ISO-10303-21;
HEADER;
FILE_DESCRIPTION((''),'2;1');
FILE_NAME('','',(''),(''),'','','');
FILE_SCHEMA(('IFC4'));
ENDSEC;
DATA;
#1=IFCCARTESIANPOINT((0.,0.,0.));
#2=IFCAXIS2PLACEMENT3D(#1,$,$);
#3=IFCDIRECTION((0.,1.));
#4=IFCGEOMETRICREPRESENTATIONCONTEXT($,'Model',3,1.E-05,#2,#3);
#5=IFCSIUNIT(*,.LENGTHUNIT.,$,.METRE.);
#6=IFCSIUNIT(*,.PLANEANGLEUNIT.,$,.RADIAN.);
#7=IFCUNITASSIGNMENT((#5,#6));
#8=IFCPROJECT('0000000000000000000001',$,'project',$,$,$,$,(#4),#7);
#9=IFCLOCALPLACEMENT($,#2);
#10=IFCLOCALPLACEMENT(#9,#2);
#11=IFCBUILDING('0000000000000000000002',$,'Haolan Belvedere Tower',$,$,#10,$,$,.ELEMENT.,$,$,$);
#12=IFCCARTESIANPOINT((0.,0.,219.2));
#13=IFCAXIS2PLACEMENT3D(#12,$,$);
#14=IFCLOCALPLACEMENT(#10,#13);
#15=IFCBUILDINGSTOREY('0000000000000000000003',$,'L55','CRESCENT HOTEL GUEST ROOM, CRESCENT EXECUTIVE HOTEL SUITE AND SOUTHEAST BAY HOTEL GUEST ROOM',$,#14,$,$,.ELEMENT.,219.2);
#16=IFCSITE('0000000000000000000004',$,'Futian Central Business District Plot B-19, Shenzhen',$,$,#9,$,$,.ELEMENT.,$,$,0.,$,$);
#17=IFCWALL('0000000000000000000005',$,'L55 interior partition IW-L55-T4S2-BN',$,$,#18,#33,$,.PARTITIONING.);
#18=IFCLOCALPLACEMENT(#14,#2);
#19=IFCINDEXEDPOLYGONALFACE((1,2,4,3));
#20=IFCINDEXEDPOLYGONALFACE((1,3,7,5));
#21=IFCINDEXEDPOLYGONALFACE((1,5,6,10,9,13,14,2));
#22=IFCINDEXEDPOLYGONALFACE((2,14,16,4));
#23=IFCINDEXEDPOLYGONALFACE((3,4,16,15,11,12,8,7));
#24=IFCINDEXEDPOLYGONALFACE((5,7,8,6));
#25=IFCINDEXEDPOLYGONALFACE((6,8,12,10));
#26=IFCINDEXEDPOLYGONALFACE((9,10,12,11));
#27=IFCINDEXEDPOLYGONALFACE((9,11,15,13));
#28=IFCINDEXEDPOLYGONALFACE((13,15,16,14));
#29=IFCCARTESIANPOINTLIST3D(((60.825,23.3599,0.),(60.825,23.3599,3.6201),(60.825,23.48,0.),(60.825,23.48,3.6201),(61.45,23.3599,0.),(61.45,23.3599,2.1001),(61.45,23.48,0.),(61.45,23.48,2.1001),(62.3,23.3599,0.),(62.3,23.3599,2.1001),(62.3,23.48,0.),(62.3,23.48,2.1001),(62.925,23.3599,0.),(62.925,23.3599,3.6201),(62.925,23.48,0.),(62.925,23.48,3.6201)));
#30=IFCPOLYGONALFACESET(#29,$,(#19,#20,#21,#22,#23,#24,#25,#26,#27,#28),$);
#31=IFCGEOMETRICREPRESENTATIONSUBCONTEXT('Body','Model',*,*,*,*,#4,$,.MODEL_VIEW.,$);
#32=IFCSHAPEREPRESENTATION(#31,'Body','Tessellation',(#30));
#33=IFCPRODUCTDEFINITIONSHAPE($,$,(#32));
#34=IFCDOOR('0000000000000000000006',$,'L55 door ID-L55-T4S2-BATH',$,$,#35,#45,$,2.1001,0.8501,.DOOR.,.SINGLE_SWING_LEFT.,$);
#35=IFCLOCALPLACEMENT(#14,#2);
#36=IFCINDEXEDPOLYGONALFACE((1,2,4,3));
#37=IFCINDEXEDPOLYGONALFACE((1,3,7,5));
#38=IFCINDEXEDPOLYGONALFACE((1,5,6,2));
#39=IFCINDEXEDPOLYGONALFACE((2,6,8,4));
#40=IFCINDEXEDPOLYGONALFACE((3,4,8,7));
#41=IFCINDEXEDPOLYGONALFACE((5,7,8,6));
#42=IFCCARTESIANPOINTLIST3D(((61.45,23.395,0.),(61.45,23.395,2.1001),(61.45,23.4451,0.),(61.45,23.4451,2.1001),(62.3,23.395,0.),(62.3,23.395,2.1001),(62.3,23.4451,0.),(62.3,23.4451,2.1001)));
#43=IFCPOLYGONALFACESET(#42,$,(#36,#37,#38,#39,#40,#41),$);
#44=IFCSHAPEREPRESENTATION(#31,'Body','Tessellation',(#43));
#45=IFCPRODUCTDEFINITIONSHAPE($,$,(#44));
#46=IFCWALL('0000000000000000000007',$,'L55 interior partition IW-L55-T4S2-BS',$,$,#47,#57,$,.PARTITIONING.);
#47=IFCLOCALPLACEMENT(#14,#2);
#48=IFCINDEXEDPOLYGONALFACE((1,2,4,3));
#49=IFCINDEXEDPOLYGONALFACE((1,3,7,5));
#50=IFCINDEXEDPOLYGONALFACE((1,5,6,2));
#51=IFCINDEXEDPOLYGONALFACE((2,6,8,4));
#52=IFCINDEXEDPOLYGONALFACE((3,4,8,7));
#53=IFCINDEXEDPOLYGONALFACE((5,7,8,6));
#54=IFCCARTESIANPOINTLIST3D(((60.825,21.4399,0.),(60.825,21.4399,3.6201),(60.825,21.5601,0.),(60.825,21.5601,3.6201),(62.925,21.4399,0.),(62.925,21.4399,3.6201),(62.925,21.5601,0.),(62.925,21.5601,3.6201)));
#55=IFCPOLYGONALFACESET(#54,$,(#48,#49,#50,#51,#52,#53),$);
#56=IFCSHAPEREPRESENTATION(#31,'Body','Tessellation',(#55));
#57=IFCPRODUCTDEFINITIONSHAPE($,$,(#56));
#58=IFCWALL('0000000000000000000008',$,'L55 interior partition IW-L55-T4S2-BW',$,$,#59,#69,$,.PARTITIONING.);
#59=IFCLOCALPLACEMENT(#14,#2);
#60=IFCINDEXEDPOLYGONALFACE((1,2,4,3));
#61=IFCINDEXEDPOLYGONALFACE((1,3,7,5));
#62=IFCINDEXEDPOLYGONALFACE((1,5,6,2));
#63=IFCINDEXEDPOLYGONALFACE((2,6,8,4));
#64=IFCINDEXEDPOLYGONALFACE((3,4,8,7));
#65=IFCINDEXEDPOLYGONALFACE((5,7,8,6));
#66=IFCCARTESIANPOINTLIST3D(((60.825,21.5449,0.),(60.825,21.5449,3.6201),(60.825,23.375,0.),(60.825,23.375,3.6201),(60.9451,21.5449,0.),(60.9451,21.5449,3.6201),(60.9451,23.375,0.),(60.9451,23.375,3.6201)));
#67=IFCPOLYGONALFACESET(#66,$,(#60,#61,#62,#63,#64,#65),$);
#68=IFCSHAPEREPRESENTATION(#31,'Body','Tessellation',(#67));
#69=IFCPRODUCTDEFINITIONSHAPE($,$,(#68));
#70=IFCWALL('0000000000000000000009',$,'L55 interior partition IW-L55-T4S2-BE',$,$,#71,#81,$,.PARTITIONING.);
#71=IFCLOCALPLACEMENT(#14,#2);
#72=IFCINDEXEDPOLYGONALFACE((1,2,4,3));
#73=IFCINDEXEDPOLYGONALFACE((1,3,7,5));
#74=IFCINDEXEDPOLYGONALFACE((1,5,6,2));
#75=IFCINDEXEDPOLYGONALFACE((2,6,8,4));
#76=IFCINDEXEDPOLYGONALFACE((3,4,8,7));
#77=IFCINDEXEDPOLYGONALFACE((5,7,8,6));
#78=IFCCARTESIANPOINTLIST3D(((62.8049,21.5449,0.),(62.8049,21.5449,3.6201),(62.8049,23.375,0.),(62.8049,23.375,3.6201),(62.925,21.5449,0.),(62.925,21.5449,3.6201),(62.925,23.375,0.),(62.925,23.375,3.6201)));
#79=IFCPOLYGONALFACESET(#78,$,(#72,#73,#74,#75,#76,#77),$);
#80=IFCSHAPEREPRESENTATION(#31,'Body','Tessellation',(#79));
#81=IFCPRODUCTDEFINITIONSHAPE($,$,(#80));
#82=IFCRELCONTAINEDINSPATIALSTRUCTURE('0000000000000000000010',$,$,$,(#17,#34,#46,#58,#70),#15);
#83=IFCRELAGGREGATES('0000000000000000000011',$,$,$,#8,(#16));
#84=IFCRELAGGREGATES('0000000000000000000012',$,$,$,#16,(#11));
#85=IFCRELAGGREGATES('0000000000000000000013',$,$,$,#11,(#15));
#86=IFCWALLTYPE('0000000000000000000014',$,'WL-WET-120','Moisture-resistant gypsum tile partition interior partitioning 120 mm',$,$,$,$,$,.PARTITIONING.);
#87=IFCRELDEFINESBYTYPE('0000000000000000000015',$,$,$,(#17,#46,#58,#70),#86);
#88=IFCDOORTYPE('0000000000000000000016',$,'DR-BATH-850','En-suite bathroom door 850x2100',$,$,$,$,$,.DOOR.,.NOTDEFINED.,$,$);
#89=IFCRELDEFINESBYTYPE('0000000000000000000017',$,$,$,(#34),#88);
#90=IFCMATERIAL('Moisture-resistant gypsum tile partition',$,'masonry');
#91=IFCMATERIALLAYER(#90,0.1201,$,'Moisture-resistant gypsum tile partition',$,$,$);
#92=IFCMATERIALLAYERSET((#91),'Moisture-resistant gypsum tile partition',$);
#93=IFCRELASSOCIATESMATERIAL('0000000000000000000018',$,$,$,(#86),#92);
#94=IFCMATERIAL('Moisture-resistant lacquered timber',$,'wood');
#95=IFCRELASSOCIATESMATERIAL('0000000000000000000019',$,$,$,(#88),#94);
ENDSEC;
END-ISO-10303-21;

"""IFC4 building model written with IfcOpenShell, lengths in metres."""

from ifc_helpers import new_model, si_unit, direction, frame, frame_2d, origin, place, context, subcontext, project, spatial, rectangle, extrude, material, layer, layer_set, type_object, element, fill, save


model = new_model("IFC4")

# Units and contexts
model_context = context("Model", 3, precision=1e-05, world=origin(), true_north=direction((0.0, 1.0)))
body_context = subcontext(model_context, "Body", "Model", "MODEL_VIEW")
ifc_project = project(units=[si_unit("LENGTHUNIT", "METRE"), si_unit("PLANEANGLEUNIT", "RADIAN")], contexts=[model_context])

# Site, building, storey
site_placement = place(None, origin())
site = spatial("IfcSite", under=ifc_project, at=site_placement, Name="Futian Central Business District Plot B-19, Shenzhen", CompositionType="ELEMENT", RefElevation=0.0)
building_placement = place(site_placement, origin())
building = spatial("IfcBuilding", under=site, at=building_placement, Name="Haolan Belvedere Tower", CompositionType="ELEMENT")
storey_placement = place(building_placement, frame((0.0, 0.0, 219.2)))
storey = spatial("IfcBuildingStorey", under=building, at=storey_placement, Name="L55", Description="CRESCENT HOTEL GUEST ROOM, CRESCENT EXECUTIVE HOTEL SUITE AND SOUTHEAST BAY HOTEL GUEST ROOM", CompositionType="ELEMENT", Elevation=219.2)

# Shared definitions
ifc_material_1 = material(Name="Moisture-resistant gypsum tile partition", Category="masonry")
ifc_layer_1 = layer(ifc_material_1, 0.1201, Name="Moisture-resistant gypsum tile partition")
ifc_layer_set_1 = layer_set([ifc_layer_1], Name="Moisture-resistant gypsum tile partition")
wall_type_1 = type_object("IfcWallType", Name="WL-WET-120", Description="Moisture-resistant gypsum tile partition interior partitioning 120 mm", PredefinedType="PARTITIONING", material=ifc_layer_set_1)

# Shared definitions
ifc_material_2 = material(Name="Moisture-resistant lacquered timber", Category="wood")
door_type = type_object("IfcDoorType", Name="DR-BATH-850", Description="En-suite bathroom door 850x2100", OperationType="NOTDEFINED", PredefinedType="DOOR", material=ifc_material_2)

# Wall, opening, door
wall_1_placement = place(storey_placement, frame((60.825, 23.4199, 0.0), z_axis=(0.0, 0.0, 1.0), x_axis=(1.0, 0.0, 0.0)))
wall_1 = element("IfcWall", 1, at=wall_1_placement, inside=storey, type_object=wall_type_1, Name="L55 interior partition IW-L55-T4S2-BN", PredefinedType="PARTITIONING", context=body_context, shape_type="SweptSolid", body=[
    extrude(rectangle(XDim=2.1001, YDim=0.1201, at=frame_2d((1.05, 0.0))), origin(), (0.0, 0.0, 1.0), 3.6201),
])
opening_1_placement = place(wall_1_placement, frame((1.4751, 0.0, 0.0), z_axis=(0.0, 0.0, 1.0), x_axis=(-1.0, 0.0, 0.0)))
opening_1 = element("IfcOpeningElement", 2, at=opening_1_placement, cuts=wall_1, PredefinedType="OPENING", context=body_context, shape_type="SweptSolid", body=[
    extrude(rectangle(XDim=0.8501, YDim=2.1001, at=frame_2d((0.425, 1.05))), frame((0.0, 0.0701, 0.0), z_axis=(0.0, -1.0, 0.0), x_axis=(1.0, 0.0, 0.0)), (0.0, 0.0, 1.0), 0.1401),
])
door_1_placement = place(opening_1_placement, origin())
door_1 = element("IfcDoor", 3, at=door_1_placement, inside=storey, type_object=door_type, Name="L55 door ID-L55-T4S2-BATH", OperationType="SINGLE_SWING_LEFT", OverallHeight=2.1001, OverallWidth=0.8501, PredefinedType="DOOR", context=body_context, shape_type="SweptSolid", body=[
    extrude(rectangle(XDim=0.8501, YDim=2.1001, at=frame_2d((0.425, 1.05))), frame((0.0, 0.0249, 0.0), z_axis=(0.0, -1.0, 0.0), x_axis=(1.0, 0.0, 0.0)), (0.0, 0.0, 1.0), 0.05),
])
fill(opening_1, door_1)

# Walls
wall_2_placement = place(storey_placement, frame((60.825, 21.5, 0.0), z_axis=(0.0, 0.0, 1.0), x_axis=(1.0, 0.0, 0.0)))
element("IfcWall", 4, at=wall_2_placement, inside=storey, type_object=wall_type_1, Name="L55 interior partition IW-L55-T4S2-BS", PredefinedType="PARTITIONING", context=body_context, shape_type="SweptSolid", body=[
    extrude(rectangle(XDim=2.1001, YDim=0.1201, at=frame_2d((1.05, 0.0))), origin(), (0.0, 0.0, 1.0), 3.6201),
])
for number, where, z_axis, x_axis, name in (
    (5, (60.885, 21.5449, 0.0), (0.0, 0.0, 1.0), (0.0, 1.0, 0.0), "L55 interior partition IW-L55-T4S2-BW"),
    (6, (62.865, 21.5449, 0.0), (0.0, 0.0, 1.0), (0.0, 1.0, 0.0), "L55 interior partition IW-L55-T4S2-BE"),
):
    element("IfcWall", number, at=place(storey_placement, frame(where, z_axis=z_axis, x_axis=x_axis)), inside=storey, type_object=wall_type_1, Name=name, PredefinedType="PARTITIONING", context=body_context, shape_type="SweptSolid", body=[
        extrude(rectangle(XDim=1.8301, YDim=0.1201, at=frame_2d((0.915, 0.0))), origin(), (0.0, 0.0, 1.0), 3.6201),
    ])

save(model, "model.ifc")
